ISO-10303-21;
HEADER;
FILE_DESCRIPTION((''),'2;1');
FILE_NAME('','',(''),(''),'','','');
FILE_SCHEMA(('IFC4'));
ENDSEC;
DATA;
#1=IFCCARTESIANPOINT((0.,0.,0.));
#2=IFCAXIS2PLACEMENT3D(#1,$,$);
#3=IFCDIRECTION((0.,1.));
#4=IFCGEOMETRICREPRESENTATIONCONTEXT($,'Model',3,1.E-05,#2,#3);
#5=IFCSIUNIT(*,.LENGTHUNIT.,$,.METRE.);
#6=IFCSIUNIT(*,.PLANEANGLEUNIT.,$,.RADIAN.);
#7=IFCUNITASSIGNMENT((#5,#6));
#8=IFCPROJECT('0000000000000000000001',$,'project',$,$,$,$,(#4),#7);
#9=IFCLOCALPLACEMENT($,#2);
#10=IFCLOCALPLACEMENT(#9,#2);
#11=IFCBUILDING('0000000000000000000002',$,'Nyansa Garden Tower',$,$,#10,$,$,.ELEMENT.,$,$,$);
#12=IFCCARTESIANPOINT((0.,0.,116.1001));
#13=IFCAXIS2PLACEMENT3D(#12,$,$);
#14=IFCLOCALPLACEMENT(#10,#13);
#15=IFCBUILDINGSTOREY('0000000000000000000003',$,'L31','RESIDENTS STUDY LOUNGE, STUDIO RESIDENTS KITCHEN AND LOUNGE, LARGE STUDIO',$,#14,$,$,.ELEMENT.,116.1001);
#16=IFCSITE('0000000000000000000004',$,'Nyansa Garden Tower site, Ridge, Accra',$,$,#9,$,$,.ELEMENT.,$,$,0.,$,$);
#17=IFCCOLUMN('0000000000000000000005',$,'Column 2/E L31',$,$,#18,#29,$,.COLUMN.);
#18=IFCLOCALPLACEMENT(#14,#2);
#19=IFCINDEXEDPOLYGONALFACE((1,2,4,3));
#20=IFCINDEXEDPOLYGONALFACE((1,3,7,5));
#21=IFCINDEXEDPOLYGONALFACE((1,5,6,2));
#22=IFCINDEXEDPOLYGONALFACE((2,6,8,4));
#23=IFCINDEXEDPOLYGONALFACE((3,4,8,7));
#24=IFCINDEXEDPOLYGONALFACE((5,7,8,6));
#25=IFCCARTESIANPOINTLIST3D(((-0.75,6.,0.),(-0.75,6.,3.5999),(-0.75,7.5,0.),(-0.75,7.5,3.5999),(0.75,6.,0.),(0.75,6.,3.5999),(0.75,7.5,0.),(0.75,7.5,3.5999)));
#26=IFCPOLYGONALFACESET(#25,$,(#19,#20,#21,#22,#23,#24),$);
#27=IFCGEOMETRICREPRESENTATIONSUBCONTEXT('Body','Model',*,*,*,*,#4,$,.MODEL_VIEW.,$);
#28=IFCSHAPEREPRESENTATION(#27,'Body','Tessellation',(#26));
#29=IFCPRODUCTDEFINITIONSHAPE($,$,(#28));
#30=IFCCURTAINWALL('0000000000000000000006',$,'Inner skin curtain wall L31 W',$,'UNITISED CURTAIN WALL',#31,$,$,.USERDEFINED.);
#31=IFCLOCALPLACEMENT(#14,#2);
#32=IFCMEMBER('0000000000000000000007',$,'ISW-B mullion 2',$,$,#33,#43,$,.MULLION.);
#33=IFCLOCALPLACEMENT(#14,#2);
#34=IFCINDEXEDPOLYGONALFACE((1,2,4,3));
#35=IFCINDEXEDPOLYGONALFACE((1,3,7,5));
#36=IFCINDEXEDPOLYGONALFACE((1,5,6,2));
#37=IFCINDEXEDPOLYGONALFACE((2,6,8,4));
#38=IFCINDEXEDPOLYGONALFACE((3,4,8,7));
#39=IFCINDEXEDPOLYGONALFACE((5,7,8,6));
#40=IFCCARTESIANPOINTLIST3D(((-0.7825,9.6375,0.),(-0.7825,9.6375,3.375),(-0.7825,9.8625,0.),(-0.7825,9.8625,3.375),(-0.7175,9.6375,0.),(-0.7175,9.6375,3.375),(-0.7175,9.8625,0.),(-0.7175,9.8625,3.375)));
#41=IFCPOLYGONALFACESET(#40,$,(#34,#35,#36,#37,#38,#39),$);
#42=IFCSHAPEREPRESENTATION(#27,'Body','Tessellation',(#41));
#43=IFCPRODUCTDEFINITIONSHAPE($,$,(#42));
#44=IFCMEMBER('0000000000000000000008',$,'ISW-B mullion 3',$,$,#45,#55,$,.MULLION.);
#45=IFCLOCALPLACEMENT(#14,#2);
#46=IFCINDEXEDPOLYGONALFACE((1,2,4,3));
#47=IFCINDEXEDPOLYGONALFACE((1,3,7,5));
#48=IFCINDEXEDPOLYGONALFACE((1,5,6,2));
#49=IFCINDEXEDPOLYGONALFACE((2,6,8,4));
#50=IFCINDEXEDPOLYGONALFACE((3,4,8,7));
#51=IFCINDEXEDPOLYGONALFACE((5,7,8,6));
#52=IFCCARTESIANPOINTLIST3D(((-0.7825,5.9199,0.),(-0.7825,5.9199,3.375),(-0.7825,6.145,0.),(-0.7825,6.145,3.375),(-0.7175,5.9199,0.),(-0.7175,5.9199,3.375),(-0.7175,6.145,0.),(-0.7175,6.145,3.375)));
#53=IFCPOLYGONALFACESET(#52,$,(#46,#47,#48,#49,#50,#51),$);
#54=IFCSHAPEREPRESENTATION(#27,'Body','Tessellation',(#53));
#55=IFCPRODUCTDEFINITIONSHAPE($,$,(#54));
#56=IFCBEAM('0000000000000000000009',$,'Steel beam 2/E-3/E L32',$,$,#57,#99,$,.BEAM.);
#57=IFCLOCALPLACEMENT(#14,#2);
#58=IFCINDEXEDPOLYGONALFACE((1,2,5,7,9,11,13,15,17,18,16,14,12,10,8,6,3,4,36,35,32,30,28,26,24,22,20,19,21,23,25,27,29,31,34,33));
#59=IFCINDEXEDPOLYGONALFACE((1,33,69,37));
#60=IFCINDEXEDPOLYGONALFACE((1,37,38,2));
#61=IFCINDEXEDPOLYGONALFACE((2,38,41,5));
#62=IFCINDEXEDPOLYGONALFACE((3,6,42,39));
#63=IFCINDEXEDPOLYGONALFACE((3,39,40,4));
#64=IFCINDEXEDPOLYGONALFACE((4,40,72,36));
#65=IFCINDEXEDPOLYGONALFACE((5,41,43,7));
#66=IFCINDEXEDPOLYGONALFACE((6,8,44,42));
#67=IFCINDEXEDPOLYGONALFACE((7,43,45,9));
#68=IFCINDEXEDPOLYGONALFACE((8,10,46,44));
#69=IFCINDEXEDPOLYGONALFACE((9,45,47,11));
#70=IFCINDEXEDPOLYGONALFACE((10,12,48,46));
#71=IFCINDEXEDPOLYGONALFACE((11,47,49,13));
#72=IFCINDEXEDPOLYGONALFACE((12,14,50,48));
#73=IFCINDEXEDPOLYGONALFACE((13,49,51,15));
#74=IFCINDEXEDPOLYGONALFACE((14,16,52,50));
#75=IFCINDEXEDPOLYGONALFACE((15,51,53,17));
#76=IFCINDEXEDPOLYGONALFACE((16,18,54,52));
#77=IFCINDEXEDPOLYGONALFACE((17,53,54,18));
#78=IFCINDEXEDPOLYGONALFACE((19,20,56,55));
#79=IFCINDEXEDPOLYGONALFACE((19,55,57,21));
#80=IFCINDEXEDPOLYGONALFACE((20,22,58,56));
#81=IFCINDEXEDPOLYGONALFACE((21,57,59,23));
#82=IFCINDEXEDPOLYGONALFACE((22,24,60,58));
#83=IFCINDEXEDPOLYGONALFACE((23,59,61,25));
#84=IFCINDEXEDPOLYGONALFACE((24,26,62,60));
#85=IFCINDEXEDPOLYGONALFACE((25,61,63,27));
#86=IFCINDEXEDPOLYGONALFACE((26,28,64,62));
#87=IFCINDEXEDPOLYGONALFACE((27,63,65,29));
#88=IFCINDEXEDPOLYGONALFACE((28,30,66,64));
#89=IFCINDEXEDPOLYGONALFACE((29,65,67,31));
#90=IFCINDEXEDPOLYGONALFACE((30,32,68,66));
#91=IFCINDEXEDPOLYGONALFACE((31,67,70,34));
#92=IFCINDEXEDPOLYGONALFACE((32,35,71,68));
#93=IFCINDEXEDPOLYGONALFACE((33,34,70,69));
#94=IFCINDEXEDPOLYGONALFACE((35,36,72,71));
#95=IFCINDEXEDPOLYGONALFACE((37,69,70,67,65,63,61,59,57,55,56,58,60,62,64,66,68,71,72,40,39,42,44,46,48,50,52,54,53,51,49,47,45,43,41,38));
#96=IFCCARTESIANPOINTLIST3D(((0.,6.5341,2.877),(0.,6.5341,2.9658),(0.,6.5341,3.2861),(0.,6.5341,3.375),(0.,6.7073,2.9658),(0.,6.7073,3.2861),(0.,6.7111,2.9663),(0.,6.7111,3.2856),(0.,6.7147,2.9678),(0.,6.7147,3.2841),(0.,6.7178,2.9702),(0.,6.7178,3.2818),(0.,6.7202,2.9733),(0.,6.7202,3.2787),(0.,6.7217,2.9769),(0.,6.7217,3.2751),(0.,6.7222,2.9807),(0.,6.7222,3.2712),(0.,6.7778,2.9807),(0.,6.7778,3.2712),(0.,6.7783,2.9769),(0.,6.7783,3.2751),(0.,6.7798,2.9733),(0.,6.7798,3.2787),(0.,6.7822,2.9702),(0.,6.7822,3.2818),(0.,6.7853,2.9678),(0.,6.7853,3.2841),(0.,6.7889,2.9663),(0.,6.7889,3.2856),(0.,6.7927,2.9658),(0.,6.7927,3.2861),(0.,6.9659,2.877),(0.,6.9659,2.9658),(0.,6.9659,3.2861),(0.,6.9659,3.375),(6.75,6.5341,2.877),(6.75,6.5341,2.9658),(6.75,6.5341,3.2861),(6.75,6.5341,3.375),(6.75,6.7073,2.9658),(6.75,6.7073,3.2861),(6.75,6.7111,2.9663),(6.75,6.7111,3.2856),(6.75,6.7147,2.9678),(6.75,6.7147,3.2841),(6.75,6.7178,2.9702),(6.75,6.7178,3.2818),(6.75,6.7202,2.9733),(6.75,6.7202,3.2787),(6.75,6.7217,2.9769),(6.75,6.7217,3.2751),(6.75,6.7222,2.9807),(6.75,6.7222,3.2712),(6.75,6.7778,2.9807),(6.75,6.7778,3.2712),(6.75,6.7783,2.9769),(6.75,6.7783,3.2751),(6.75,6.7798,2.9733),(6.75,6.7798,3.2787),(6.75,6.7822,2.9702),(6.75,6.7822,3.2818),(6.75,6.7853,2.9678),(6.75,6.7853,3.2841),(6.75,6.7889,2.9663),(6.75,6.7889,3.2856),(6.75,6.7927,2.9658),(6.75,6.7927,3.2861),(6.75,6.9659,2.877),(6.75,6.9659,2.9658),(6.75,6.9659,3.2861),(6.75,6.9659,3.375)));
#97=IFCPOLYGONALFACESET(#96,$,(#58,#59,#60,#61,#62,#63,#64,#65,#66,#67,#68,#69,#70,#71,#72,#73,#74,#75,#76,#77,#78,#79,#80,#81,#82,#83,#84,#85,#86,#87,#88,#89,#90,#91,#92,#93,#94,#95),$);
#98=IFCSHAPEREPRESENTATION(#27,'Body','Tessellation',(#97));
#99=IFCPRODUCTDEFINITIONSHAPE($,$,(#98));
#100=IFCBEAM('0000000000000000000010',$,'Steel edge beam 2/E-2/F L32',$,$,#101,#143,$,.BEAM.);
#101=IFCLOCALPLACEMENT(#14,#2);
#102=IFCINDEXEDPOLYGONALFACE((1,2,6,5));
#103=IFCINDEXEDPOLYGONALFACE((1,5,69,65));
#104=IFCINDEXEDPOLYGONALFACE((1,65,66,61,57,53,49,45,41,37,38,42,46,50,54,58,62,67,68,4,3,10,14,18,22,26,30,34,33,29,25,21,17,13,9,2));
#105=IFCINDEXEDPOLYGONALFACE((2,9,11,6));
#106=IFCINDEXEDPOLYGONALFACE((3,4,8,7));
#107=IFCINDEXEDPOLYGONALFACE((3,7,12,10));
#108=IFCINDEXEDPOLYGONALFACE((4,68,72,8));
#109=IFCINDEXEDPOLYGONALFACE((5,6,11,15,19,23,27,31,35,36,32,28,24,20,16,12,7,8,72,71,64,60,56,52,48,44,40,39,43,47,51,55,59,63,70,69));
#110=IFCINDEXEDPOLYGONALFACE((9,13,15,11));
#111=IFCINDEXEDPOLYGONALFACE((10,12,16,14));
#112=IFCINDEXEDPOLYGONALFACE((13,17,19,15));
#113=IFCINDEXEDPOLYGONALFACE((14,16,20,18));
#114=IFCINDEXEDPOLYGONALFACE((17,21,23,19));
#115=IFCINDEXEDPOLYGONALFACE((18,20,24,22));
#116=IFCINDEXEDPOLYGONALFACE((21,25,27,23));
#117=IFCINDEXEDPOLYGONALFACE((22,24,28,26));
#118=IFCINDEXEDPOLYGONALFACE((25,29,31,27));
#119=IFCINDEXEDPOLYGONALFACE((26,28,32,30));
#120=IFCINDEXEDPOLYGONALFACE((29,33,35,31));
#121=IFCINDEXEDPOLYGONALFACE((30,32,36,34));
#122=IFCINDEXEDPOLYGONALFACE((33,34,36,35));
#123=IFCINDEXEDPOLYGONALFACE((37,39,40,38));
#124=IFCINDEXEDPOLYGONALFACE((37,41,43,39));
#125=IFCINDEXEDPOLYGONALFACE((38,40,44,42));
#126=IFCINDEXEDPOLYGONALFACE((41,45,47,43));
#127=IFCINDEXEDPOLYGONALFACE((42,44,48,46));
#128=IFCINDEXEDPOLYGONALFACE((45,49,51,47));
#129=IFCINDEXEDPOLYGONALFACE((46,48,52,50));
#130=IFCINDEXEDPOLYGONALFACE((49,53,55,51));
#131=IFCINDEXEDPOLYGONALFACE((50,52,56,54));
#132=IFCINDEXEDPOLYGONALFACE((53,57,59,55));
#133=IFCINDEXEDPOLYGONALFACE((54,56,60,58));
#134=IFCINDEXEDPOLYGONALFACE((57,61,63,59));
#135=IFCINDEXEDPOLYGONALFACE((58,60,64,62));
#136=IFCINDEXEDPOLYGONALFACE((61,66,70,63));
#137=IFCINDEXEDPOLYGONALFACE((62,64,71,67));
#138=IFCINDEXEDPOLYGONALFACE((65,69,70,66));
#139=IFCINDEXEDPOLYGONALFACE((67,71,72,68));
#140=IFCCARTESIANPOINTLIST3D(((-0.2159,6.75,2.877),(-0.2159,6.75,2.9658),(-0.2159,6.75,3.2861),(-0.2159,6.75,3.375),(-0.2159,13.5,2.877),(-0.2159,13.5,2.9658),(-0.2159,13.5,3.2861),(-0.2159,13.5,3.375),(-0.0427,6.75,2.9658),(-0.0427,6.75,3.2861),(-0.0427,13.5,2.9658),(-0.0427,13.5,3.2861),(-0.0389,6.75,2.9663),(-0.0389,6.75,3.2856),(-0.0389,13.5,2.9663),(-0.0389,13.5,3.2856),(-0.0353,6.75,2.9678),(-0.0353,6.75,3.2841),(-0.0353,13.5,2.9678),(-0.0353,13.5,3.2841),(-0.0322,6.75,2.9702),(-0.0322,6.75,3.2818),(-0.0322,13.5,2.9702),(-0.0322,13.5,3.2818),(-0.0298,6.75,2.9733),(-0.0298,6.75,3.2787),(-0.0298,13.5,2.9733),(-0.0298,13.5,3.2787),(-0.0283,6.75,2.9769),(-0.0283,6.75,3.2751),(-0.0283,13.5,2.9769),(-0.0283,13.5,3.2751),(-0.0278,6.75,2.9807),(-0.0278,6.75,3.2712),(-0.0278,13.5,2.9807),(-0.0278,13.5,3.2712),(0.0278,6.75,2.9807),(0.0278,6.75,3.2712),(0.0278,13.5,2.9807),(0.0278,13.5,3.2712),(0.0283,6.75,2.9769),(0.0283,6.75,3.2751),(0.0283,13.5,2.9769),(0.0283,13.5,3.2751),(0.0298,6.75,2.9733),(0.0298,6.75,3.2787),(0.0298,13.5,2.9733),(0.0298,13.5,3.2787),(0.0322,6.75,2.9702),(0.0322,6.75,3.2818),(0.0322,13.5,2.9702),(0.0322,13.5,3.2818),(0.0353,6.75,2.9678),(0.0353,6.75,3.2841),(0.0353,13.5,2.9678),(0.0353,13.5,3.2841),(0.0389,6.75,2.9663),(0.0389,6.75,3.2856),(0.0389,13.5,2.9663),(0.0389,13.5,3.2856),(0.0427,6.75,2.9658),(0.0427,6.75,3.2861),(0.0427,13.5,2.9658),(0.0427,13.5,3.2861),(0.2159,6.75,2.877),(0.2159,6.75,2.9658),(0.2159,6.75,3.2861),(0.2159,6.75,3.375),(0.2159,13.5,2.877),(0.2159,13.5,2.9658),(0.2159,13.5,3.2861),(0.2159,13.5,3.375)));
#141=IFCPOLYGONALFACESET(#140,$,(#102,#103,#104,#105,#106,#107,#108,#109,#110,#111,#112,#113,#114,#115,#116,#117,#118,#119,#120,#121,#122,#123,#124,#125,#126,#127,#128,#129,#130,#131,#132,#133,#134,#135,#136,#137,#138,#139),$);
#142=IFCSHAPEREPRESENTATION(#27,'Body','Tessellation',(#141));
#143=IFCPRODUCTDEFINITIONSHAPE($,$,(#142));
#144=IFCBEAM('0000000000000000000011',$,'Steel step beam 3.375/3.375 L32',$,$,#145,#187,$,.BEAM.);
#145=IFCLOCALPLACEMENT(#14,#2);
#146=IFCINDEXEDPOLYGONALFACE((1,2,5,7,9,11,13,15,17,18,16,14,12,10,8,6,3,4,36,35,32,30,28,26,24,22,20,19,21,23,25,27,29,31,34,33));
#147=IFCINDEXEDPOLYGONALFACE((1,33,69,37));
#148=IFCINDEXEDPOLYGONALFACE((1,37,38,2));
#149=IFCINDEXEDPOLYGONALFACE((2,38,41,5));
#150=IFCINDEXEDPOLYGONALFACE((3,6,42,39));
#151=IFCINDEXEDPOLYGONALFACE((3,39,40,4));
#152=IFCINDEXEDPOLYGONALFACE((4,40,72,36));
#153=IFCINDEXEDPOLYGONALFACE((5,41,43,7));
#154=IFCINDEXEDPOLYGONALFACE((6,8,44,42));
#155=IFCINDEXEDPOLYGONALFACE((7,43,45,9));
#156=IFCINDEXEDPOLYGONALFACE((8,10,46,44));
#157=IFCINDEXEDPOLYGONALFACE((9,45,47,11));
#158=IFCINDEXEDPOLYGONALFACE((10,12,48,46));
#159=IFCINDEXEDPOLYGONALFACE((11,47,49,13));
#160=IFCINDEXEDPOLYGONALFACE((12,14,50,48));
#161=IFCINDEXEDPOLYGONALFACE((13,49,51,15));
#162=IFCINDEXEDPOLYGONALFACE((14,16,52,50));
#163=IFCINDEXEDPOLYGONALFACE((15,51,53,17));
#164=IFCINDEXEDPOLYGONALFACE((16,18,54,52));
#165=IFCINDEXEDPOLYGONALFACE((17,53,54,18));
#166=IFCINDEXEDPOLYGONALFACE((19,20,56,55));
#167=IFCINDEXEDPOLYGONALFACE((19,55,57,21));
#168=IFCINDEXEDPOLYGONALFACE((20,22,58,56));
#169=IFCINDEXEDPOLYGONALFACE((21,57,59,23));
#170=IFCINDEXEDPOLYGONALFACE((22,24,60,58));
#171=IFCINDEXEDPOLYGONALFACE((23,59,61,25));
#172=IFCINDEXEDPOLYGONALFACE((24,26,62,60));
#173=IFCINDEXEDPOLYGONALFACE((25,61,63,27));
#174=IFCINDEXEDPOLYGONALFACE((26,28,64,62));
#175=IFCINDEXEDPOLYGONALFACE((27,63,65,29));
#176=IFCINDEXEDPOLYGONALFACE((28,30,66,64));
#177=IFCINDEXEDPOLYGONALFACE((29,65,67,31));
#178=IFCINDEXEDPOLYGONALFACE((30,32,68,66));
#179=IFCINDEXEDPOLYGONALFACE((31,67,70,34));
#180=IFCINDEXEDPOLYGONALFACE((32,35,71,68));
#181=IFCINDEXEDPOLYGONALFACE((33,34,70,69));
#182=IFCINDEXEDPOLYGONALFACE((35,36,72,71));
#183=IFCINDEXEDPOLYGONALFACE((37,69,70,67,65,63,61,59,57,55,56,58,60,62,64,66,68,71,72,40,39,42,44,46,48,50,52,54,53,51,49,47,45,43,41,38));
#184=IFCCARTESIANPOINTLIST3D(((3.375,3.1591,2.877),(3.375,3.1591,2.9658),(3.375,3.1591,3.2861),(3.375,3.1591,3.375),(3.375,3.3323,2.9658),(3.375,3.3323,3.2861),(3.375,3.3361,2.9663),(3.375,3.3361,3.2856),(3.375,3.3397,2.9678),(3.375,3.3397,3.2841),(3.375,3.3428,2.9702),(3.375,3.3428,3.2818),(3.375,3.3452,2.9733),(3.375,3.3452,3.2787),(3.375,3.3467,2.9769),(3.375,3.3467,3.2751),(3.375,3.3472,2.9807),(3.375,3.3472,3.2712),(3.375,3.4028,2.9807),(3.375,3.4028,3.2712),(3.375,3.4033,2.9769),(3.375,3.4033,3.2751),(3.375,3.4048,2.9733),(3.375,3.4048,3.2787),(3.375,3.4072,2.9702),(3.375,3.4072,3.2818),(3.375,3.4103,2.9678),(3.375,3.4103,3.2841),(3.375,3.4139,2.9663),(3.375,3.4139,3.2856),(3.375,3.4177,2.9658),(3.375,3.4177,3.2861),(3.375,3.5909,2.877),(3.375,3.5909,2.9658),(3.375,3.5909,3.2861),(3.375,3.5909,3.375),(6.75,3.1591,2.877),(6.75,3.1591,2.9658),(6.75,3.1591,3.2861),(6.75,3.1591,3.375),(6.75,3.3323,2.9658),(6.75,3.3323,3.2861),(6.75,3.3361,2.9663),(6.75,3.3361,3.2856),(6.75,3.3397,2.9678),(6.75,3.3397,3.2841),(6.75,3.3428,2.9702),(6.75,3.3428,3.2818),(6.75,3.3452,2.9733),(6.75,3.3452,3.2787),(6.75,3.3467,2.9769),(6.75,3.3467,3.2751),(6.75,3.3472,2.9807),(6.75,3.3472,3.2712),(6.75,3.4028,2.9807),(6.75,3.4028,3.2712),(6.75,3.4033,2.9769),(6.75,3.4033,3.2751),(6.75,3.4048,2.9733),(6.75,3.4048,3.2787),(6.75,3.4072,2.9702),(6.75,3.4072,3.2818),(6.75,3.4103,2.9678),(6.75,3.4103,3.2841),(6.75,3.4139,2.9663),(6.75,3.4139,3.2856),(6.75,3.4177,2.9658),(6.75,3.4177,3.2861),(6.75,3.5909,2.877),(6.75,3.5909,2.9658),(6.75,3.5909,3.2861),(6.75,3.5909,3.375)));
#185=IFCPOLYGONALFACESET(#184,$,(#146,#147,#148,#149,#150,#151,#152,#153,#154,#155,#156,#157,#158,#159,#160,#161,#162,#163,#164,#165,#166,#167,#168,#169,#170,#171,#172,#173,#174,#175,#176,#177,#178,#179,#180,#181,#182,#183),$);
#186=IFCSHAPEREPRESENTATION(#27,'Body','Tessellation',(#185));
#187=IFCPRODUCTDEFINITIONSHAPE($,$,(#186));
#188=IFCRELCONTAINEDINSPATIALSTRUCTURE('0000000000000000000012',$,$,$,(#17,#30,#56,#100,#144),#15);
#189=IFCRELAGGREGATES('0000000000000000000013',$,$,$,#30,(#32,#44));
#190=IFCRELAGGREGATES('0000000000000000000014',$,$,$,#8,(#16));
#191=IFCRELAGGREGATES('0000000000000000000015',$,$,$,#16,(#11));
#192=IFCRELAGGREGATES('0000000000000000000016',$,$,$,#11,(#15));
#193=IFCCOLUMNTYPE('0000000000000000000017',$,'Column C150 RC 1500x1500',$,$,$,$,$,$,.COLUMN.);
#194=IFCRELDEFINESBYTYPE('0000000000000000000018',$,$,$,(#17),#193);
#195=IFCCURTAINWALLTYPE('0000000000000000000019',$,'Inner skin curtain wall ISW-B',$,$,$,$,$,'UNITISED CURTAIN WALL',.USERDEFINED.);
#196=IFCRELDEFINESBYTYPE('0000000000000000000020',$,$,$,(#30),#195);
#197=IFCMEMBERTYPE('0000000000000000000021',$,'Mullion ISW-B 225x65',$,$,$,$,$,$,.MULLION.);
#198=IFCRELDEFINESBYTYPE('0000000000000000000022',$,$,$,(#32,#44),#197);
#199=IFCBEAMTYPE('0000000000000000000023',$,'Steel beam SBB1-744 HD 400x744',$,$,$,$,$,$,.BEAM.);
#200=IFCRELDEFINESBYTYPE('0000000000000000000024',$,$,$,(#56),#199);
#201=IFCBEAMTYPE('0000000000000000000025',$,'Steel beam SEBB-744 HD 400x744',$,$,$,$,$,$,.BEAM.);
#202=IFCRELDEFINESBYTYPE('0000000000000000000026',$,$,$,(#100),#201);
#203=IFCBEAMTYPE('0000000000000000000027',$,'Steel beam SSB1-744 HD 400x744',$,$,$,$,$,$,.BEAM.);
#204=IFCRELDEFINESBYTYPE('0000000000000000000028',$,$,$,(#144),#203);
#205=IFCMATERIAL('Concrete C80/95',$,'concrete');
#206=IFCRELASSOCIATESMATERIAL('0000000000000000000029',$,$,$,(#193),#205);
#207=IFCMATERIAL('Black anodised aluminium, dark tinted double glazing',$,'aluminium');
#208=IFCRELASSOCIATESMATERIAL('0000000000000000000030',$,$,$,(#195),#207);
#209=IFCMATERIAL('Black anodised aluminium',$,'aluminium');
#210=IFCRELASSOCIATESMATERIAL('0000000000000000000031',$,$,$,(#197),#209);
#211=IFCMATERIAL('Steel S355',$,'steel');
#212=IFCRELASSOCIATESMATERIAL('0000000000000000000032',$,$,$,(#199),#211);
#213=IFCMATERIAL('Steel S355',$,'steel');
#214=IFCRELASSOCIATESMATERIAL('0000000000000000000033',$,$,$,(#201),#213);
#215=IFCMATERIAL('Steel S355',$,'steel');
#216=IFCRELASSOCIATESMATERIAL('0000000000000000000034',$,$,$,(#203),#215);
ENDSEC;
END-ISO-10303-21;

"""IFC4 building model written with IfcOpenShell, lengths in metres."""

from ifc_helpers import new_model, si_unit, direction, frame, origin, origin_2d, place, context, subcontext, project, spatial, rectangle, i_section, extrude, material, material_profile, profile_set, type_object, element, aggregate, save


model = new_model("IFC4")

# Units and contexts
model_context = context("Model", 3, precision=1e-05, world=origin(), true_north=direction((0.0, 1.0)))
body_context = subcontext(model_context, "Body", "Model", "MODEL_VIEW")
ifc_project = project(units=[si_unit("LENGTHUNIT", "METRE"), si_unit("PLANEANGLEUNIT", "RADIAN")], contexts=[model_context])

# Site, building, storey
site_placement = place(None, origin())
site = spatial("IfcSite", under=ifc_project, at=site_placement, Name="Nyansa Garden Tower site, Ridge, Accra", CompositionType="ELEMENT", RefElevation=0.0)
building_placement = place(site_placement, origin())
building = spatial("IfcBuilding", under=site, at=building_placement, Name="Nyansa Garden Tower", CompositionType="ELEMENT")
storey_placement = place(building_placement, frame((0.0, 0.0, 116.1001)))
storey = spatial("IfcBuildingStorey", under=building, at=storey_placement, Name="L31", Description="RESIDENTS STUDY LOUNGE, STUDIO RESIDENTS KITCHEN AND LOUNGE, LARGE STUDIO", CompositionType="ELEMENT", Elevation=116.1001)

# Column
ifc_material_1 = material(Name="Concrete C80/95", Category="concrete")
ifc_material_profile_1 = material_profile(ifc_material_1, rectangle(XDim=1.5, YDim=1.5, at=origin_2d()), Name="RC 1500x1500")
ifc_profile_set_1 = profile_set([ifc_material_profile_1], Name="Concrete C80/95")
column_type = type_object("IfcColumnType", Name="Column C150 RC 1500x1500", PredefinedType="COLUMN", material=ifc_profile_set_1)
column_placement = place(storey_placement, frame((0.0, 6.75, 0.0), z_axis=(0.0, 0.0, 1.0), x_axis=(1.0, 0.0, 0.0)))
element("IfcColumn", 1, at=column_placement, inside=storey, type_object=column_type, Name="Column 2/E L31", PredefinedType="COLUMN", context=body_context, shape_type="SweptSolid", body=[
    extrude(rectangle(XDim=1.5, YDim=1.5, at=origin_2d()), origin(), (0.0, 0.0, 1.0), 3.5999),
])

# Curtain wall, members
ifc_material_2 = material(Name="Black anodised aluminium, dark tinted double glazing", Category="aluminium")
curtain_wall_type = type_object("IfcCurtainWallType", Name="Inner skin curtain wall ISW-B", ElementType="UNITISED CURTAIN WALL", PredefinedType="USERDEFINED", material=ifc_material_2)
curtain_wall_placement = place(storey_placement, origin())
curtain_wall = element("IfcCurtainWall", 2, at=curtain_wall_placement, inside=storey, type_object=curtain_wall_type, Name="Inner skin curtain wall L31 W", ObjectType="UNITISED CURTAIN WALL", PredefinedType="USERDEFINED")
ifc_material_3 = material(Name="Black anodised aluminium", Category="aluminium")
ifc_material_profile_2 = material_profile(ifc_material_3, rectangle(XDim=0.0649, YDim=0.2251, at=origin_2d()), Name="Mullion 225x65")
ifc_profile_set_2 = profile_set([ifc_material_profile_2], Name="Black anodised aluminium")
member_type_1 = type_object("IfcMemberType", Name="Mullion ISW-B 225x65", PredefinedType="MULLION", material=ifc_profile_set_2)
member_1_placement = place(storey_placement, frame((-0.75, 9.75, 0.0), z_axis=(0.0, 0.0, 1.0), x_axis=(1.0, 0.0, 0.0)))
member_1 = element("IfcMember", 3, at=member_1_placement, type_object=member_type_1, Name="ISW-B mullion 2", PredefinedType="MULLION", context=body_context, shape_type="SweptSolid", body=[
    extrude(rectangle(XDim=0.0649, YDim=0.2251, at=origin_2d()), origin(), (0.0, 0.0, 1.0), 3.375),
])
member_2_placement = place(storey_placement, frame((-0.75, 6.0325, 0.0), z_axis=(0.0, 0.0, 1.0), x_axis=(1.0, 0.0, 0.0)))
member_2 = element("IfcMember", 4, at=member_2_placement, type_object=member_type_1, Name="ISW-B mullion 3", PredefinedType="MULLION", context=body_context, shape_type="SweptSolid", body=[
    extrude(rectangle(XDim=0.0649, YDim=0.2251, at=origin_2d()), origin(), (0.0, 0.0, 1.0), 3.375),
])

# Beams
ifc_material_4 = material(Name="Steel S355", Category="steel")
ifc_material_profile_3 = material_profile(ifc_material_4, i_section(OverallWidth=0.4319, OverallDepth=0.498, WebThickness=0.0557, FlangeThickness=0.0889, FilletRadius=0.0149, at=origin_2d()), Name="HD 400x744")
ifc_profile_set_3 = profile_set([ifc_material_profile_3], Name="Steel S355")
beam_type_1 = type_object("IfcBeamType", Name="Steel beam SBB1-744 HD 400x744", PredefinedType="BEAM", material=ifc_profile_set_3)
beam_1_placement = place(storey_placement, frame((0.0, 6.75, 3.126), z_axis=(1.0, 0.0, 0.0), x_axis=(0.0, 1.0, 0.0)))
element("IfcBeam", 5, at=beam_1_placement, inside=storey, type_object=beam_type_1, Name="Steel beam 2/E-3/E L32", PredefinedType="BEAM", context=body_context, shape_type="SweptSolid", body=[
    extrude(i_section(OverallWidth=0.4319, OverallDepth=0.498, WebThickness=0.0557, FlangeThickness=0.0889, FilletRadius=0.0149, at=origin_2d()), origin(), (0.0, 0.0, 1.0), 6.75),
])
ifc_material_5 = material(Name="Steel S355", Category="steel")
ifc_material_profile_4 = material_profile(ifc_material_5, i_section(OverallWidth=0.4319, OverallDepth=0.498, WebThickness=0.0557, FlangeThickness=0.0889, FilletRadius=0.0149, at=origin_2d()), Name="HD 400x744")
ifc_profile_set_4 = profile_set([ifc_material_profile_4], Name="Steel S355")
beam_type_2 = type_object("IfcBeamType", Name="Steel beam SEBB-744 HD 400x744", PredefinedType="BEAM", material=ifc_profile_set_4)
beam_2_placement = place(storey_placement, frame((0.0, 6.75, 3.126), z_axis=(0.0, 1.0, 0.0), x_axis=(-1.0, 0.0, 0.0)))
element("IfcBeam", 6, at=beam_2_placement, inside=storey, type_object=beam_type_2, Name="Steel edge beam 2/E-2/F L32", PredefinedType="BEAM", context=body_context, shape_type="SweptSolid", body=[
    extrude(i_section(OverallWidth=0.4319, OverallDepth=0.498, WebThickness=0.0557, FlangeThickness=0.0889, FilletRadius=0.0149, at=origin_2d()), origin(), (0.0, 0.0, 1.0), 6.75),
])
ifc_material_6 = material(Name="Steel S355", Category="steel")
ifc_material_profile_5 = material_profile(ifc_material_6, i_section(OverallWidth=0.4319, OverallDepth=0.498, WebThickness=0.0557, FlangeThickness=0.0889, FilletRadius=0.0149, at=origin_2d()), Name="HD 400x744")
ifc_profile_set_5 = profile_set([ifc_material_profile_5], Name="Steel S355")
beam_type_3 = type_object("IfcBeamType", Name="Steel beam SSB1-744 HD 400x744", PredefinedType="BEAM", material=ifc_profile_set_5)
beam_3_placement = place(storey_placement, frame((3.375, 3.375, 3.126), z_axis=(1.0, 0.0, 0.0), x_axis=(0.0, 1.0, 0.0)))
element("IfcBeam", 7, at=beam_3_placement, inside=storey, type_object=beam_type_3, Name="Steel step beam 3.375/3.375 L32", PredefinedType="BEAM", context=body_context, shape_type="SweptSolid", body=[
    extrude(i_section(OverallWidth=0.4319, OverallDepth=0.498, WebThickness=0.0557, FlangeThickness=0.0889, FilletRadius=0.0149, at=origin_2d()), origin(), (0.0, 0.0, 1.0), 3.375),
])

aggregate(curtain_wall, [member_1, member_2])

save(model, "model.ifc")
